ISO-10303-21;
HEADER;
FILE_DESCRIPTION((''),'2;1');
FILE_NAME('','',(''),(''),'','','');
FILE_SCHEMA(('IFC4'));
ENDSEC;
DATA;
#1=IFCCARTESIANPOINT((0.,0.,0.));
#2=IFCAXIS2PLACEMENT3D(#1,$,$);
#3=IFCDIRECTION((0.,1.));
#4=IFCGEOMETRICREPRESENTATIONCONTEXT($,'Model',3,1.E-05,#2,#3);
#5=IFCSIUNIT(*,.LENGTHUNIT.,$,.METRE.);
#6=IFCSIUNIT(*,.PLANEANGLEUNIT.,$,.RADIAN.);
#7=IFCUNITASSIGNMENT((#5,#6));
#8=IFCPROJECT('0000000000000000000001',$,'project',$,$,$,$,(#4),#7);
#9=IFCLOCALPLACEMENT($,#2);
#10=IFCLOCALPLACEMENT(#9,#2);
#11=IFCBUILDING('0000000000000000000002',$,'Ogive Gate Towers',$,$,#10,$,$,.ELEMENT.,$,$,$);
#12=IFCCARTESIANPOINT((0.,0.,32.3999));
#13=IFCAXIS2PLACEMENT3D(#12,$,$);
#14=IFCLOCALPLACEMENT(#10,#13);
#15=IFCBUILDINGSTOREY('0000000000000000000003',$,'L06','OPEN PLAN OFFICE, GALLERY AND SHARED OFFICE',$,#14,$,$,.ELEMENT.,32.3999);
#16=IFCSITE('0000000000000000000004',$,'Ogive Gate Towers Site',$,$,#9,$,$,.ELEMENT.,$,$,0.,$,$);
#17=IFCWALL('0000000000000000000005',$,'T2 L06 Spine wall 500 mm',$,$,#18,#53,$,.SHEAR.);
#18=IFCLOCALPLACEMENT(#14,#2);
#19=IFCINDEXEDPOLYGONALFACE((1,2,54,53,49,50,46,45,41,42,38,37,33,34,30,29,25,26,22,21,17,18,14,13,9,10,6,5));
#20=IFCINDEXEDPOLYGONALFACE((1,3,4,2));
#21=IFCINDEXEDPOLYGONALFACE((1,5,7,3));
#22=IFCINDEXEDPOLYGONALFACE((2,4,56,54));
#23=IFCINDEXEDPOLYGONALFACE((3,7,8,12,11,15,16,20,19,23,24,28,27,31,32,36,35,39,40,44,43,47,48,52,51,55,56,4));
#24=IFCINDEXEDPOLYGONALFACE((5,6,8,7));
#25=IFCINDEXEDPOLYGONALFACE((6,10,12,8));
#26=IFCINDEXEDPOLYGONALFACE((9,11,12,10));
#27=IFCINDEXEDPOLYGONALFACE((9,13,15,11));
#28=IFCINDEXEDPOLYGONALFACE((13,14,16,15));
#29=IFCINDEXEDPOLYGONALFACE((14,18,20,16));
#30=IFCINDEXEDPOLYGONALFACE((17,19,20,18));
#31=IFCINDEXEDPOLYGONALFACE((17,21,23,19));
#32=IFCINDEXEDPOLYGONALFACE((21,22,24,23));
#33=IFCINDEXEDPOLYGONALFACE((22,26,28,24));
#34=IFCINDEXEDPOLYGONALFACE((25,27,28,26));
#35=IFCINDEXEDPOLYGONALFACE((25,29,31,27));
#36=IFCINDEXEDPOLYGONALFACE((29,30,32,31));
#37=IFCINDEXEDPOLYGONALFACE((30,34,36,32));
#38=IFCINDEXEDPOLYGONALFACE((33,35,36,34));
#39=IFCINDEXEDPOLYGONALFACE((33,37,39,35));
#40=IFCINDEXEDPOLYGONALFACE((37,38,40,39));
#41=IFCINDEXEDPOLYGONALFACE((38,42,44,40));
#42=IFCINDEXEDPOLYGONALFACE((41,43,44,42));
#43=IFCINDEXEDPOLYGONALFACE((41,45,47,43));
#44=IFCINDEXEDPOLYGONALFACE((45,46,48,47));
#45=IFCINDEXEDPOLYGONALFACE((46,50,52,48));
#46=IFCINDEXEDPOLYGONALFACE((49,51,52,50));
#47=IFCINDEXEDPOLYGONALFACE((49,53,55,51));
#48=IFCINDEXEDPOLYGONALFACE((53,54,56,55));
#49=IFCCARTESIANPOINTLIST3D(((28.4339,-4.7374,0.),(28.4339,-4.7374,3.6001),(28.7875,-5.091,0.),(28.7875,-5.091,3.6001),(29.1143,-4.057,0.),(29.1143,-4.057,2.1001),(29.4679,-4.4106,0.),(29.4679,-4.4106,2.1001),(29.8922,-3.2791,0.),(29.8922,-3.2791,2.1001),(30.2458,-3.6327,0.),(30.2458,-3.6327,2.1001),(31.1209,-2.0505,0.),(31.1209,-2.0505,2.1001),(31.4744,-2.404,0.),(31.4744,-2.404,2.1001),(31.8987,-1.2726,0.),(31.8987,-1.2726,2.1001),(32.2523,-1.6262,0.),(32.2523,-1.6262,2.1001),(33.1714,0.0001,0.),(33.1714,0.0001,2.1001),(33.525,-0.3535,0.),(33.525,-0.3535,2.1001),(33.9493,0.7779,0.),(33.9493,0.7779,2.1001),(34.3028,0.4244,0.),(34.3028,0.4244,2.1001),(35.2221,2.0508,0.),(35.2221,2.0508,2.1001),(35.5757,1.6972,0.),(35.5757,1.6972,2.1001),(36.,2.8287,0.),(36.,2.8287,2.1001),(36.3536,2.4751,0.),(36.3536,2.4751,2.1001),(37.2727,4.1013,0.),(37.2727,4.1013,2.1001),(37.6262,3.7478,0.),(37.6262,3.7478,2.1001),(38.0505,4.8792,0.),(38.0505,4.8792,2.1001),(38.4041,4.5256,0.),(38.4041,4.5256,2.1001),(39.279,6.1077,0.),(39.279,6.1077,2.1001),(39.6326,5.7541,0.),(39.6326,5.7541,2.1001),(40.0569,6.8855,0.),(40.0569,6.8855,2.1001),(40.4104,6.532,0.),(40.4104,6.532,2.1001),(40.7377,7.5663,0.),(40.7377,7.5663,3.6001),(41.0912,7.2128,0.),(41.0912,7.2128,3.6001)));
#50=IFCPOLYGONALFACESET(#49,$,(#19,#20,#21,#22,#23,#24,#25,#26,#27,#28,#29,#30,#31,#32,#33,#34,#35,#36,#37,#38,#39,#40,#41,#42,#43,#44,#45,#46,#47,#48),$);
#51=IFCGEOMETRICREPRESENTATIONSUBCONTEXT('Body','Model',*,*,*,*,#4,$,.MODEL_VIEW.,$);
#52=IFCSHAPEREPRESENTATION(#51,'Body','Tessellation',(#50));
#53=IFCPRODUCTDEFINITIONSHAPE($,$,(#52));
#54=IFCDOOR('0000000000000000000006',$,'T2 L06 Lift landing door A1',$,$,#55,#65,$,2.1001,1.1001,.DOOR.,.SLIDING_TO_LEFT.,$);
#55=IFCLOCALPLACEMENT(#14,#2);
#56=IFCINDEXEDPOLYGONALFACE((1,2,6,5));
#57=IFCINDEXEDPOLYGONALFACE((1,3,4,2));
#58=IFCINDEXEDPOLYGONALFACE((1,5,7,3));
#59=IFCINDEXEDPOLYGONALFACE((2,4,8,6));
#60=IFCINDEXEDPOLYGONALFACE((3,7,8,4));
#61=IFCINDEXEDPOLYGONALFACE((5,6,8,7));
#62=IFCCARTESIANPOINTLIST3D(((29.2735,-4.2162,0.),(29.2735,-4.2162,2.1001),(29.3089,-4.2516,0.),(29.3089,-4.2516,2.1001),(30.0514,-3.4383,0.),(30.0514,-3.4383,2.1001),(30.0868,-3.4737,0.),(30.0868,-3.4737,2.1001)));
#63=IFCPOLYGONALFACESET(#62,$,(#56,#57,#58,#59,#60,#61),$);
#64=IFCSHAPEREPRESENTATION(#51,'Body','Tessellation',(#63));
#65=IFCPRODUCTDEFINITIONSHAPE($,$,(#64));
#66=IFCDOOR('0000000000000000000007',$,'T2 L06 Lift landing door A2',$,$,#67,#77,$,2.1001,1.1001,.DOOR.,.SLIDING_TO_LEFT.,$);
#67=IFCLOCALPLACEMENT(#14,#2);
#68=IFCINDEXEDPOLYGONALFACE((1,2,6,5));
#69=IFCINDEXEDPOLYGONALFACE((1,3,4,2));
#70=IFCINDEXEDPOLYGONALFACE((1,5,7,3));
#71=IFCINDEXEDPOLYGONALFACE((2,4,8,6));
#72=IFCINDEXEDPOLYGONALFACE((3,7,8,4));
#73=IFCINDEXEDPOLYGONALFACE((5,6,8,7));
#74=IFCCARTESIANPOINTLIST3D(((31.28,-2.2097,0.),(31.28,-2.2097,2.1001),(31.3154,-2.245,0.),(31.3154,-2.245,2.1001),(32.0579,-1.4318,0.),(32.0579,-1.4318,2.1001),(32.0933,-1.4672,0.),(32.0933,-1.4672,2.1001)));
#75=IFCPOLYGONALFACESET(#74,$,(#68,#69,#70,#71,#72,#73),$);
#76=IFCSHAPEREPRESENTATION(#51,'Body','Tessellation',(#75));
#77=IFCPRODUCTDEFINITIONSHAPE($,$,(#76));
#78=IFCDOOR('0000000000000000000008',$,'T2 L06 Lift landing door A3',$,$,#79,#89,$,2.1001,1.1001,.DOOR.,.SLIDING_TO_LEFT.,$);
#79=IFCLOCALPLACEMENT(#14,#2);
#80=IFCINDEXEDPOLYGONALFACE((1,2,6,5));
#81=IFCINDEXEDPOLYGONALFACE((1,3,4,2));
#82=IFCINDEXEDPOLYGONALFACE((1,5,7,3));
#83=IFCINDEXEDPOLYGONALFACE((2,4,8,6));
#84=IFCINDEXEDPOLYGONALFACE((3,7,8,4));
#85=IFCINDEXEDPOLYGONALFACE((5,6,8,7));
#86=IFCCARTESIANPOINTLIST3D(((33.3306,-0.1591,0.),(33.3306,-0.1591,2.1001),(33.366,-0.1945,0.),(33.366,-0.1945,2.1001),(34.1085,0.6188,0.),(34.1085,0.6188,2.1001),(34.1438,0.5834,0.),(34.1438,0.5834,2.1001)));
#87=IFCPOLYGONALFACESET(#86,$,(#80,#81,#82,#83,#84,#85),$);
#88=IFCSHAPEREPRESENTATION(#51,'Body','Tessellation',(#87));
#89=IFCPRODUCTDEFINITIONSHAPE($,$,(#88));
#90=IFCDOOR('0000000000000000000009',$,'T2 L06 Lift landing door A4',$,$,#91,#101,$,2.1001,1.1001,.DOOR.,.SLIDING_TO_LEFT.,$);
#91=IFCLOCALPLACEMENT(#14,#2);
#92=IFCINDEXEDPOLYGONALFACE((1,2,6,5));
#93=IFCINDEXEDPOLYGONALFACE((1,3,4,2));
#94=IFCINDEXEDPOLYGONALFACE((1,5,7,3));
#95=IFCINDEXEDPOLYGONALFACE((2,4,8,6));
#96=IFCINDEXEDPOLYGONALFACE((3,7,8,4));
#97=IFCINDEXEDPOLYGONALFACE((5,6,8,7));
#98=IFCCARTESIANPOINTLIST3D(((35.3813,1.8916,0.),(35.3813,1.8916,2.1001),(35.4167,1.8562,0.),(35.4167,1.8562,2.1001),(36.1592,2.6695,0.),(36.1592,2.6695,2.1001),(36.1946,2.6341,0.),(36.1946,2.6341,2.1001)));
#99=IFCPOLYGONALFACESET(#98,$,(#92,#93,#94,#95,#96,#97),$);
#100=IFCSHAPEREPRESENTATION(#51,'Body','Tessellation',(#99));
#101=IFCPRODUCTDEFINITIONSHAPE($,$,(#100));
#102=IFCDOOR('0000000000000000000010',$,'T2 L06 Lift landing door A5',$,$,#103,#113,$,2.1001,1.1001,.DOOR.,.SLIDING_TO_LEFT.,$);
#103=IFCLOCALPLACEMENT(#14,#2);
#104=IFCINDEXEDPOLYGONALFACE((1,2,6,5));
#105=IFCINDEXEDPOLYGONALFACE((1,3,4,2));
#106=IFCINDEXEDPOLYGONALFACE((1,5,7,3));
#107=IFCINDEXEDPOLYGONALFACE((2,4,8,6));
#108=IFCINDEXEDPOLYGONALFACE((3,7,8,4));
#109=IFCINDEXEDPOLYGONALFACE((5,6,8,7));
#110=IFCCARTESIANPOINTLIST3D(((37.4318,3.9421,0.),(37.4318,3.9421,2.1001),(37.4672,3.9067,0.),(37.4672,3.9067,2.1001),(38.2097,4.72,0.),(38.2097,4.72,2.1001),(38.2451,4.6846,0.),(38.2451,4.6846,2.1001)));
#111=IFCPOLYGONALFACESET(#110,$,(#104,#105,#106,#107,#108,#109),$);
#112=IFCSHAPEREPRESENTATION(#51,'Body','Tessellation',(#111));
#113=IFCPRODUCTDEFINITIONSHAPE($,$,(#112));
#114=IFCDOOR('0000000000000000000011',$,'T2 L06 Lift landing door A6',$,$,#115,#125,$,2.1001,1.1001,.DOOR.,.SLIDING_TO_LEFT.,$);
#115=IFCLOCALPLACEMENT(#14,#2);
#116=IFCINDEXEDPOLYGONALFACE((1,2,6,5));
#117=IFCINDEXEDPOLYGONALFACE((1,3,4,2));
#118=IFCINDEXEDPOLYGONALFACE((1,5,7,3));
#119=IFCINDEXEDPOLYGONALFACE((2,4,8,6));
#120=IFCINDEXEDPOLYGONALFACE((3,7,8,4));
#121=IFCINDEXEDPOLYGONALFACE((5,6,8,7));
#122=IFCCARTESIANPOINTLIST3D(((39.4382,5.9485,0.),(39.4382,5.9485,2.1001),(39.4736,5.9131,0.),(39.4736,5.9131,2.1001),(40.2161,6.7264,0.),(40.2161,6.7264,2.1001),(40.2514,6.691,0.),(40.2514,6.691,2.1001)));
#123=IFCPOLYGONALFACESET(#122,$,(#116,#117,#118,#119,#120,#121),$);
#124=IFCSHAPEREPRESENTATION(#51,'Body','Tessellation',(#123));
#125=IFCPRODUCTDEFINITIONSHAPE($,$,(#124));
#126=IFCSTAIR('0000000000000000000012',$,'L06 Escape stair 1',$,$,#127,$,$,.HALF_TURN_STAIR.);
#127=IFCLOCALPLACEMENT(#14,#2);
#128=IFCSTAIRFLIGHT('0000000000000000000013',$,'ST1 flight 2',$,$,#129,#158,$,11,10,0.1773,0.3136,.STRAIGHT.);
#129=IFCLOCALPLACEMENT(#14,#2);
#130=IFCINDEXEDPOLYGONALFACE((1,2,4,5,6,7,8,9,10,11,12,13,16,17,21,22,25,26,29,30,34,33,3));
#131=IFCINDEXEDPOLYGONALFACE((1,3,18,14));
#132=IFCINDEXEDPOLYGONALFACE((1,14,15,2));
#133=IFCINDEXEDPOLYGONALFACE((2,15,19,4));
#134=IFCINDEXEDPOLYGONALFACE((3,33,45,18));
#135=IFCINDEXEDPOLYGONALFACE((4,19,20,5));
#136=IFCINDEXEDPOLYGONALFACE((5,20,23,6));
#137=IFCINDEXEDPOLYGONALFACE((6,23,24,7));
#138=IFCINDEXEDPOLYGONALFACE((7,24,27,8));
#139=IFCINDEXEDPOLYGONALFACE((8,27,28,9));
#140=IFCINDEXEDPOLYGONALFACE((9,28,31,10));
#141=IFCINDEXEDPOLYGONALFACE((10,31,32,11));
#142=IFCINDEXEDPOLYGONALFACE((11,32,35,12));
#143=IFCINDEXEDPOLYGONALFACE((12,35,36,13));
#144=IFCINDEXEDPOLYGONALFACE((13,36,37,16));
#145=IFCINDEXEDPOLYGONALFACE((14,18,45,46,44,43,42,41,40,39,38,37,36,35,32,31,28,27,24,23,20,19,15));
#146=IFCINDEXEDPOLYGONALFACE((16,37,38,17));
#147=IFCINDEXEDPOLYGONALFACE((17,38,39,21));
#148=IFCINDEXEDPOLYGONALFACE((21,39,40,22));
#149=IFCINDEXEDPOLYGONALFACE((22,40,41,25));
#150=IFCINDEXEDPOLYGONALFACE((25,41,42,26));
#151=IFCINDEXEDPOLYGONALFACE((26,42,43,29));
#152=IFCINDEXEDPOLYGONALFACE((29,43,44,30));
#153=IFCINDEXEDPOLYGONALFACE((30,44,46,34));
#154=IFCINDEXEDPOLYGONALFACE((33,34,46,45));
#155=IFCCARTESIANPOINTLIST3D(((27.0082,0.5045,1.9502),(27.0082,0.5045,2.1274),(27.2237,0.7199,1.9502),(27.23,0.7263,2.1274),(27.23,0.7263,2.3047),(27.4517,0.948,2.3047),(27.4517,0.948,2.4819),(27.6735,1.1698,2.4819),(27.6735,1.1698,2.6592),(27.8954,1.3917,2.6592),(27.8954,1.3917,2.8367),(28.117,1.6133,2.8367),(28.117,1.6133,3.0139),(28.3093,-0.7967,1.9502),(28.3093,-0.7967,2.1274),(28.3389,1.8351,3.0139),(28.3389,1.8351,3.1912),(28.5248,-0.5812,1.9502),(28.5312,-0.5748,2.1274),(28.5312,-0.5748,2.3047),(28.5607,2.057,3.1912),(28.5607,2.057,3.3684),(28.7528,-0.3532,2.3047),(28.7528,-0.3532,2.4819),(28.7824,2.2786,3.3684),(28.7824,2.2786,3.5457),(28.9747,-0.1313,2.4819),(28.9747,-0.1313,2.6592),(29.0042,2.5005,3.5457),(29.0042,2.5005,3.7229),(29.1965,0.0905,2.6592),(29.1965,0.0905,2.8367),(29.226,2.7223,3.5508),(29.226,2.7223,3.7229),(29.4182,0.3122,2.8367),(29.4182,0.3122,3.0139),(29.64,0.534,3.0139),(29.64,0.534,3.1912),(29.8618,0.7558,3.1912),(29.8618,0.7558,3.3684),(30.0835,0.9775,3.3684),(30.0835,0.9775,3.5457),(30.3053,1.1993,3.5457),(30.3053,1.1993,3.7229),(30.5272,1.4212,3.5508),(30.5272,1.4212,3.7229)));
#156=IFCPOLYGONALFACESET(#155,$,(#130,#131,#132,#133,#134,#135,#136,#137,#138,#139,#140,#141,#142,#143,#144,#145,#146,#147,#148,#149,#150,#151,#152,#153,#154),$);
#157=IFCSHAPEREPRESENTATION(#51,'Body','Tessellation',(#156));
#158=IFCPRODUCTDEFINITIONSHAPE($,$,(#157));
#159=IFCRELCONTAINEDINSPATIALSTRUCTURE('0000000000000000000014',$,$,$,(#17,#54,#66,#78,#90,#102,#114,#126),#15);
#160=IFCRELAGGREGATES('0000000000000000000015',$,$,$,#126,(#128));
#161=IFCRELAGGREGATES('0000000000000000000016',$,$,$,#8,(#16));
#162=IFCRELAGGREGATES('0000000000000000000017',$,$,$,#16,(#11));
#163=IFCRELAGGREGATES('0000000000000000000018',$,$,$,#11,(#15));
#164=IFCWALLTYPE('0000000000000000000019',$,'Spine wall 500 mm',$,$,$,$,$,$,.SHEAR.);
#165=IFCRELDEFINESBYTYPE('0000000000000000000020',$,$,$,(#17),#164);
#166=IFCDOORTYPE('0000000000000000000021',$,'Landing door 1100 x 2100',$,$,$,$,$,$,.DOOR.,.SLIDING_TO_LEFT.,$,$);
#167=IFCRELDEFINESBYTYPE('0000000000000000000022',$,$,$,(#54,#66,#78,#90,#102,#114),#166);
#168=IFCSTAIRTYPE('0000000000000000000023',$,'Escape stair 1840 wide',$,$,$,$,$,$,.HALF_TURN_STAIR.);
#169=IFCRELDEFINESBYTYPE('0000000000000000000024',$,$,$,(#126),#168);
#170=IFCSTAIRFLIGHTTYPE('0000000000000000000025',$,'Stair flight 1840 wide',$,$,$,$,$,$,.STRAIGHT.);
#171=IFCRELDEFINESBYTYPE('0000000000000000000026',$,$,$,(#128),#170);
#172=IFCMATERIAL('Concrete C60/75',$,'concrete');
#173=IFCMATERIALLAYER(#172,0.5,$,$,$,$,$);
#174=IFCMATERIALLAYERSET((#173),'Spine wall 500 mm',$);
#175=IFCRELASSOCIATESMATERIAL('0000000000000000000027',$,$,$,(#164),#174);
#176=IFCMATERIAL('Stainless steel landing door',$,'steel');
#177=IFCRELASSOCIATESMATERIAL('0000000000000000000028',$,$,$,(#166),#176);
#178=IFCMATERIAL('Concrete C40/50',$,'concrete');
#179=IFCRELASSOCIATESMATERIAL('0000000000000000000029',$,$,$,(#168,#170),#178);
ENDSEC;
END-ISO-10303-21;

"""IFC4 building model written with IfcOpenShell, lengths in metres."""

from ifc_helpers import new_model, si_unit, direction, frame, frame_2d, origin, place, context, subcontext, project, spatial, polyline, rectangle, outline, extrude, material, layer, layer_set, type_object, element, fill, aggregate, save


model = new_model("IFC4")

# Units and contexts
model_context = context("Model", 3, precision=1e-05, world=origin(), true_north=direction((0.0, 1.0)))
body_context = subcontext(model_context, "Body", "Model", "MODEL_VIEW")
ifc_project = project(units=[si_unit("LENGTHUNIT", "METRE"), si_unit("PLANEANGLEUNIT", "RADIAN")], contexts=[model_context])

# Site, building, storey
site_placement = place(None, origin())
site = spatial("IfcSite", under=ifc_project, at=site_placement, Name="Ogive Gate Towers Site", CompositionType="ELEMENT", RefElevation=0.0)
building_placement = place(site_placement, origin())
building = spatial("IfcBuilding", under=site, at=building_placement, Name="Ogive Gate Towers", CompositionType="ELEMENT")
storey_placement = place(building_placement, frame((0.0, 0.0, 32.3999)))
storey = spatial("IfcBuildingStorey", under=building, at=storey_placement, Name="L06", Description="OPEN PLAN OFFICE, GALLERY AND SHARED OFFICE", CompositionType="ELEMENT", Elevation=32.3999)

# Shared definitions
ifc_material_1 = material(Name="Concrete C60/75", Category="concrete")

# Wall, openings, doors
ifc_layer_1 = layer(ifc_material_1, 0.5)
ifc_layer_set_1 = layer_set([ifc_layer_1], Name="Spine wall 500 mm")
wall_type_1 = type_object("IfcWallType", Name="Spine wall 500 mm", PredefinedType="SHEAR", material=ifc_layer_set_1)
ifc_material_2 = material(Name="Stainless steel landing door", Category="steel")
wall_1_placement = place(storey_placement, frame((28.6106, -4.9143, 0.0), z_axis=(0.0, 0.0, 1.0), x_axis=(0.707107, 0.707107, 0.0)))
wall_1 = element("IfcWall", 1, at=wall_1_placement, inside=storey, type_object=wall_type_1, Name="T2 L06 Spine wall 500 mm", PredefinedType="SHEAR", context=body_context, shape_type="SweptSolid", body=[
    extrude(rectangle(XDim=17.4001, YDim=0.5, at=frame_2d((8.7002, 0.0))), origin(), (0.0, 0.0, 1.0), 3.6001),
])
opening_1_placement = place(wall_1_placement, frame((0.9624, 0.0, 0.0)))
opening_1 = element("IfcOpeningElement", 2, at=opening_1_placement, cuts=wall_1, PredefinedType="OPENING", context=body_context, shape_type="SweptSolid", body=[
    extrude(rectangle(XDim=1.1001, YDim=2.1001, at=frame_2d((0.55, 1.05))), frame((0.0, 0.26, 0.0), z_axis=(0.0, -1.0, 0.0), x_axis=(1.0, 0.0, 0.0)), (0.0, 0.0, 1.0), 0.52),
])
opening_2_placement = place(wall_1_placement, frame((3.8, 0.0, 0.0)))
opening_2 = element("IfcOpeningElement", 3, at=opening_2_placement, cuts=wall_1, PredefinedType="OPENING", context=body_context, shape_type="SweptSolid", body=[
    extrude(rectangle(XDim=1.1001, YDim=2.1001, at=frame_2d((0.55, 1.05))), frame((0.0, 0.26, 0.0), z_axis=(0.0, -1.0, 0.0), x_axis=(1.0, 0.0, 0.0)), (0.0, 0.0, 1.0), 0.52),
])
opening_3_placement = place(wall_1_placement, frame((6.7, 0.0, 0.0)))
opening_3 = element("IfcOpeningElement", 4, at=opening_3_placement, cuts=wall_1, PredefinedType="OPENING", context=body_context, shape_type="SweptSolid", body=[
    extrude(rectangle(XDim=1.1001, YDim=2.1001, at=frame_2d((0.55, 1.05))), frame((0.0, 0.26, 0.0), z_axis=(0.0, -1.0, 0.0), x_axis=(1.0, 0.0, 0.0)), (0.0, 0.0, 1.0), 0.52),
])
opening_4_placement = place(wall_1_placement, frame((9.6001, 0.0, 0.0)))
opening_4 = element("IfcOpeningElement", 5, at=opening_4_placement, cuts=wall_1, PredefinedType="OPENING", context=body_context, shape_type="SweptSolid", body=[
    extrude(rectangle(XDim=1.1001, YDim=2.1001, at=frame_2d((0.55, 1.05))), frame((0.0, 0.26, 0.0), z_axis=(0.0, -1.0, 0.0), x_axis=(1.0, 0.0, 0.0)), (0.0, 0.0, 1.0), 0.52),
])
opening_5_placement = place(wall_1_placement, frame((12.5, 0.0, 0.0)))
opening_5 = element("IfcOpeningElement", 6, at=opening_5_placement, cuts=wall_1, PredefinedType="OPENING", context=body_context, shape_type="SweptSolid", body=[
    extrude(rectangle(XDim=1.1001, YDim=2.1001, at=frame_2d((0.55, 1.05))), frame((0.0, 0.26, 0.0), z_axis=(0.0, -1.0, 0.0), x_axis=(1.0, 0.0, 0.0)), (0.0, 0.0, 1.0), 0.52),
])
opening_6_placement = place(wall_1_placement, frame((15.3374, 0.0, 0.0)))
opening_6 = element("IfcOpeningElement", 7, at=opening_6_placement, cuts=wall_1, PredefinedType="OPENING", context=body_context, shape_type="SweptSolid", body=[
    extrude(rectangle(XDim=1.1001, YDim=2.1001, at=frame_2d((0.55, 1.05))), frame((0.0, 0.26, 0.0), z_axis=(0.0, -1.0, 0.0), x_axis=(1.0, 0.0, 0.0)), (0.0, 0.0, 1.0), 0.52),
])
door_type_1 = type_object("IfcDoorType", Name="Landing door 1100 x 2100", OperationType="SLIDING_TO_LEFT", PredefinedType="DOOR", material=ifc_material_2)
door_1_placement = place(opening_1_placement, origin())
door_1 = element("IfcDoor", 8, at=door_1_placement, inside=storey, type_object=door_type_1, Name="T2 L06 Lift landing door A1", OperationType="SLIDING_TO_LEFT", OverallHeight=2.1001, OverallWidth=1.1001, PredefinedType="DOOR", context=body_context, shape_type="SweptSolid", body=[
    extrude(rectangle(XDim=1.1001, YDim=2.1001, at=frame_2d((0.55, 1.05))), frame((0.0, 0.0249, 0.0), z_axis=(0.0, -1.0, 0.0), x_axis=(1.0, 0.0, 0.0)), (0.0, 0.0, 1.0), 0.05),
])
fill(opening_1, door_1)
door_2_placement = place(opening_2_placement, origin())
door_2 = element("IfcDoor", 9, at=door_2_placement, inside=storey, type_object=door_type_1, Name="T2 L06 Lift landing door A2", OperationType="SLIDING_TO_LEFT", OverallHeight=2.1001, OverallWidth=1.1001, PredefinedType="DOOR", context=body_context, shape_type="SweptSolid", body=[
    extrude(rectangle(XDim=1.1001, YDim=2.1001, at=frame_2d((0.55, 1.05))), frame((0.0, 0.0249, 0.0), z_axis=(0.0, -1.0, 0.0), x_axis=(1.0, 0.0, 0.0)), (0.0, 0.0, 1.0), 0.05),
])
fill(opening_2, door_2)
door_3_placement = place(opening_3_placement, origin())
door_3 = element("IfcDoor", 10, at=door_3_placement, inside=storey, type_object=door_type_1, Name="T2 L06 Lift landing door A3", OperationType="SLIDING_TO_LEFT", OverallHeight=2.1001, OverallWidth=1.1001, PredefinedType="DOOR", context=body_context, shape_type="SweptSolid", body=[
    extrude(rectangle(XDim=1.1001, YDim=2.1001, at=frame_2d((0.55, 1.05))), frame((0.0, 0.0249, 0.0), z_axis=(0.0, -1.0, 0.0), x_axis=(1.0, 0.0, 0.0)), (0.0, 0.0, 1.0), 0.05),
])
fill(opening_3, door_3)
door_4_placement = place(opening_4_placement, origin())
door_4 = element("IfcDoor", 11, at=door_4_placement, inside=storey, type_object=door_type_1, Name="T2 L06 Lift landing door A4", OperationType="SLIDING_TO_LEFT", OverallHeight=2.1001, OverallWidth=1.1001, PredefinedType="DOOR", context=body_context, shape_type="SweptSolid", body=[
    extrude(rectangle(XDim=1.1001, YDim=2.1001, at=frame_2d((0.55, 1.05))), frame((0.0, 0.0249, 0.0), z_axis=(0.0, -1.0, 0.0), x_axis=(1.0, 0.0, 0.0)), (0.0, 0.0, 1.0), 0.05),
])
fill(opening_4, door_4)
door_5_placement = place(opening_5_placement, origin())
door_5 = element("IfcDoor", 12, at=door_5_placement, inside=storey, type_object=door_type_1, Name="T2 L06 Lift landing door A5", OperationType="SLIDING_TO_LEFT", OverallHeight=2.1001, OverallWidth=1.1001, PredefinedType="DOOR", context=body_context, shape_type="SweptSolid", body=[
    extrude(rectangle(XDim=1.1001, YDim=2.1001, at=frame_2d((0.55, 1.05))), frame((0.0, 0.0249, 0.0), z_axis=(0.0, -1.0, 0.0), x_axis=(1.0, 0.0, 0.0)), (0.0, 0.0, 1.0), 0.05),
])
fill(opening_5, door_5)
door_6_placement = place(opening_6_placement, origin())
door_6 = element("IfcDoor", 13, at=door_6_placement, inside=storey, type_object=door_type_1, Name="T2 L06 Lift landing door A6", OperationType="SLIDING_TO_LEFT", OverallHeight=2.1001, OverallWidth=1.1001, PredefinedType="DOOR", context=body_context, shape_type="SweptSolid", body=[
    extrude(rectangle(XDim=1.1001, YDim=2.1001, at=frame_2d((0.55, 1.05))), frame((0.0, 0.0249, 0.0), z_axis=(0.0, -1.0, 0.0), x_axis=(1.0, 0.0, 0.0)), (0.0, 0.0, 1.0), 0.05),
])
fill(opening_6, door_6)

# Stair, stair flight
ifc_material_3 = material(Name="Concrete C40/50", Category="concrete")
stair_type = type_object("IfcStairType", Name="Escape stair 1840 wide", PredefinedType="HALF_TURN_STAIR", material=ifc_material_3)
stair_placement = place(storey_placement, origin())
stair = element("IfcStair", 14, at=stair_placement, inside=storey, type_object=stair_type, Name="L06 Escape stair 1", PredefinedType="HALF_TURN_STAIR")
stair_flight_type = type_object("IfcStairFlightType", Name="Stair flight 1840 wide", PredefinedType="STRAIGHT", material=ifc_material_3)
stair_flight_placement = place(storey_placement, frame((27.6587, -0.146, 1.9502), z_axis=(0.0, 0.0, 1.0), x_axis=(0.707107, 0.707107, 0.0)))
stair_flight = element("IfcStairFlight", 15, at=stair_flight_placement, type_object=stair_flight_type, Name="ST1 flight 2", NumberOfRisers=11, NumberOfTreads=10, PredefinedType="STRAIGHT", RiserHeight=0.1773, TreadLength=0.3136, context=body_context, shape_type="SweptSolid", body=[
    extrude(outline(polyline([(0.0, 0.0), (0.0, 0.1772), (0.3137, 0.1772), (0.3137, 0.3545), (0.6272, 0.3545), (0.6272, 0.5317), (0.9409, 0.5317), (0.9409, 0.709), (1.2546, 0.709), (1.2546, 0.8865), (1.5681, 0.8865), (1.5681, 1.0637), (1.8818, 1.0637), (1.8818, 1.241), (2.1956, 1.241), (2.1956, 1.4182), (2.509, 1.4182), (2.509, 1.5955), (2.8228, 1.5955), (2.8228, 1.7727), (3.1365, 1.7727), (3.1365, 1.95), (3.1365, 1.6006), (0.3047, 0.0), (0.0, 0.0)])), frame((0.0, 0.9199, 0.0), z_axis=(0.0, -1.0, 0.0), x_axis=(1.0, 0.0, 0.0)), (0.0, 0.0, 1.0), 1.8401),
])
aggregate(stair, [stair_flight])

save(model, "model.ifc")
